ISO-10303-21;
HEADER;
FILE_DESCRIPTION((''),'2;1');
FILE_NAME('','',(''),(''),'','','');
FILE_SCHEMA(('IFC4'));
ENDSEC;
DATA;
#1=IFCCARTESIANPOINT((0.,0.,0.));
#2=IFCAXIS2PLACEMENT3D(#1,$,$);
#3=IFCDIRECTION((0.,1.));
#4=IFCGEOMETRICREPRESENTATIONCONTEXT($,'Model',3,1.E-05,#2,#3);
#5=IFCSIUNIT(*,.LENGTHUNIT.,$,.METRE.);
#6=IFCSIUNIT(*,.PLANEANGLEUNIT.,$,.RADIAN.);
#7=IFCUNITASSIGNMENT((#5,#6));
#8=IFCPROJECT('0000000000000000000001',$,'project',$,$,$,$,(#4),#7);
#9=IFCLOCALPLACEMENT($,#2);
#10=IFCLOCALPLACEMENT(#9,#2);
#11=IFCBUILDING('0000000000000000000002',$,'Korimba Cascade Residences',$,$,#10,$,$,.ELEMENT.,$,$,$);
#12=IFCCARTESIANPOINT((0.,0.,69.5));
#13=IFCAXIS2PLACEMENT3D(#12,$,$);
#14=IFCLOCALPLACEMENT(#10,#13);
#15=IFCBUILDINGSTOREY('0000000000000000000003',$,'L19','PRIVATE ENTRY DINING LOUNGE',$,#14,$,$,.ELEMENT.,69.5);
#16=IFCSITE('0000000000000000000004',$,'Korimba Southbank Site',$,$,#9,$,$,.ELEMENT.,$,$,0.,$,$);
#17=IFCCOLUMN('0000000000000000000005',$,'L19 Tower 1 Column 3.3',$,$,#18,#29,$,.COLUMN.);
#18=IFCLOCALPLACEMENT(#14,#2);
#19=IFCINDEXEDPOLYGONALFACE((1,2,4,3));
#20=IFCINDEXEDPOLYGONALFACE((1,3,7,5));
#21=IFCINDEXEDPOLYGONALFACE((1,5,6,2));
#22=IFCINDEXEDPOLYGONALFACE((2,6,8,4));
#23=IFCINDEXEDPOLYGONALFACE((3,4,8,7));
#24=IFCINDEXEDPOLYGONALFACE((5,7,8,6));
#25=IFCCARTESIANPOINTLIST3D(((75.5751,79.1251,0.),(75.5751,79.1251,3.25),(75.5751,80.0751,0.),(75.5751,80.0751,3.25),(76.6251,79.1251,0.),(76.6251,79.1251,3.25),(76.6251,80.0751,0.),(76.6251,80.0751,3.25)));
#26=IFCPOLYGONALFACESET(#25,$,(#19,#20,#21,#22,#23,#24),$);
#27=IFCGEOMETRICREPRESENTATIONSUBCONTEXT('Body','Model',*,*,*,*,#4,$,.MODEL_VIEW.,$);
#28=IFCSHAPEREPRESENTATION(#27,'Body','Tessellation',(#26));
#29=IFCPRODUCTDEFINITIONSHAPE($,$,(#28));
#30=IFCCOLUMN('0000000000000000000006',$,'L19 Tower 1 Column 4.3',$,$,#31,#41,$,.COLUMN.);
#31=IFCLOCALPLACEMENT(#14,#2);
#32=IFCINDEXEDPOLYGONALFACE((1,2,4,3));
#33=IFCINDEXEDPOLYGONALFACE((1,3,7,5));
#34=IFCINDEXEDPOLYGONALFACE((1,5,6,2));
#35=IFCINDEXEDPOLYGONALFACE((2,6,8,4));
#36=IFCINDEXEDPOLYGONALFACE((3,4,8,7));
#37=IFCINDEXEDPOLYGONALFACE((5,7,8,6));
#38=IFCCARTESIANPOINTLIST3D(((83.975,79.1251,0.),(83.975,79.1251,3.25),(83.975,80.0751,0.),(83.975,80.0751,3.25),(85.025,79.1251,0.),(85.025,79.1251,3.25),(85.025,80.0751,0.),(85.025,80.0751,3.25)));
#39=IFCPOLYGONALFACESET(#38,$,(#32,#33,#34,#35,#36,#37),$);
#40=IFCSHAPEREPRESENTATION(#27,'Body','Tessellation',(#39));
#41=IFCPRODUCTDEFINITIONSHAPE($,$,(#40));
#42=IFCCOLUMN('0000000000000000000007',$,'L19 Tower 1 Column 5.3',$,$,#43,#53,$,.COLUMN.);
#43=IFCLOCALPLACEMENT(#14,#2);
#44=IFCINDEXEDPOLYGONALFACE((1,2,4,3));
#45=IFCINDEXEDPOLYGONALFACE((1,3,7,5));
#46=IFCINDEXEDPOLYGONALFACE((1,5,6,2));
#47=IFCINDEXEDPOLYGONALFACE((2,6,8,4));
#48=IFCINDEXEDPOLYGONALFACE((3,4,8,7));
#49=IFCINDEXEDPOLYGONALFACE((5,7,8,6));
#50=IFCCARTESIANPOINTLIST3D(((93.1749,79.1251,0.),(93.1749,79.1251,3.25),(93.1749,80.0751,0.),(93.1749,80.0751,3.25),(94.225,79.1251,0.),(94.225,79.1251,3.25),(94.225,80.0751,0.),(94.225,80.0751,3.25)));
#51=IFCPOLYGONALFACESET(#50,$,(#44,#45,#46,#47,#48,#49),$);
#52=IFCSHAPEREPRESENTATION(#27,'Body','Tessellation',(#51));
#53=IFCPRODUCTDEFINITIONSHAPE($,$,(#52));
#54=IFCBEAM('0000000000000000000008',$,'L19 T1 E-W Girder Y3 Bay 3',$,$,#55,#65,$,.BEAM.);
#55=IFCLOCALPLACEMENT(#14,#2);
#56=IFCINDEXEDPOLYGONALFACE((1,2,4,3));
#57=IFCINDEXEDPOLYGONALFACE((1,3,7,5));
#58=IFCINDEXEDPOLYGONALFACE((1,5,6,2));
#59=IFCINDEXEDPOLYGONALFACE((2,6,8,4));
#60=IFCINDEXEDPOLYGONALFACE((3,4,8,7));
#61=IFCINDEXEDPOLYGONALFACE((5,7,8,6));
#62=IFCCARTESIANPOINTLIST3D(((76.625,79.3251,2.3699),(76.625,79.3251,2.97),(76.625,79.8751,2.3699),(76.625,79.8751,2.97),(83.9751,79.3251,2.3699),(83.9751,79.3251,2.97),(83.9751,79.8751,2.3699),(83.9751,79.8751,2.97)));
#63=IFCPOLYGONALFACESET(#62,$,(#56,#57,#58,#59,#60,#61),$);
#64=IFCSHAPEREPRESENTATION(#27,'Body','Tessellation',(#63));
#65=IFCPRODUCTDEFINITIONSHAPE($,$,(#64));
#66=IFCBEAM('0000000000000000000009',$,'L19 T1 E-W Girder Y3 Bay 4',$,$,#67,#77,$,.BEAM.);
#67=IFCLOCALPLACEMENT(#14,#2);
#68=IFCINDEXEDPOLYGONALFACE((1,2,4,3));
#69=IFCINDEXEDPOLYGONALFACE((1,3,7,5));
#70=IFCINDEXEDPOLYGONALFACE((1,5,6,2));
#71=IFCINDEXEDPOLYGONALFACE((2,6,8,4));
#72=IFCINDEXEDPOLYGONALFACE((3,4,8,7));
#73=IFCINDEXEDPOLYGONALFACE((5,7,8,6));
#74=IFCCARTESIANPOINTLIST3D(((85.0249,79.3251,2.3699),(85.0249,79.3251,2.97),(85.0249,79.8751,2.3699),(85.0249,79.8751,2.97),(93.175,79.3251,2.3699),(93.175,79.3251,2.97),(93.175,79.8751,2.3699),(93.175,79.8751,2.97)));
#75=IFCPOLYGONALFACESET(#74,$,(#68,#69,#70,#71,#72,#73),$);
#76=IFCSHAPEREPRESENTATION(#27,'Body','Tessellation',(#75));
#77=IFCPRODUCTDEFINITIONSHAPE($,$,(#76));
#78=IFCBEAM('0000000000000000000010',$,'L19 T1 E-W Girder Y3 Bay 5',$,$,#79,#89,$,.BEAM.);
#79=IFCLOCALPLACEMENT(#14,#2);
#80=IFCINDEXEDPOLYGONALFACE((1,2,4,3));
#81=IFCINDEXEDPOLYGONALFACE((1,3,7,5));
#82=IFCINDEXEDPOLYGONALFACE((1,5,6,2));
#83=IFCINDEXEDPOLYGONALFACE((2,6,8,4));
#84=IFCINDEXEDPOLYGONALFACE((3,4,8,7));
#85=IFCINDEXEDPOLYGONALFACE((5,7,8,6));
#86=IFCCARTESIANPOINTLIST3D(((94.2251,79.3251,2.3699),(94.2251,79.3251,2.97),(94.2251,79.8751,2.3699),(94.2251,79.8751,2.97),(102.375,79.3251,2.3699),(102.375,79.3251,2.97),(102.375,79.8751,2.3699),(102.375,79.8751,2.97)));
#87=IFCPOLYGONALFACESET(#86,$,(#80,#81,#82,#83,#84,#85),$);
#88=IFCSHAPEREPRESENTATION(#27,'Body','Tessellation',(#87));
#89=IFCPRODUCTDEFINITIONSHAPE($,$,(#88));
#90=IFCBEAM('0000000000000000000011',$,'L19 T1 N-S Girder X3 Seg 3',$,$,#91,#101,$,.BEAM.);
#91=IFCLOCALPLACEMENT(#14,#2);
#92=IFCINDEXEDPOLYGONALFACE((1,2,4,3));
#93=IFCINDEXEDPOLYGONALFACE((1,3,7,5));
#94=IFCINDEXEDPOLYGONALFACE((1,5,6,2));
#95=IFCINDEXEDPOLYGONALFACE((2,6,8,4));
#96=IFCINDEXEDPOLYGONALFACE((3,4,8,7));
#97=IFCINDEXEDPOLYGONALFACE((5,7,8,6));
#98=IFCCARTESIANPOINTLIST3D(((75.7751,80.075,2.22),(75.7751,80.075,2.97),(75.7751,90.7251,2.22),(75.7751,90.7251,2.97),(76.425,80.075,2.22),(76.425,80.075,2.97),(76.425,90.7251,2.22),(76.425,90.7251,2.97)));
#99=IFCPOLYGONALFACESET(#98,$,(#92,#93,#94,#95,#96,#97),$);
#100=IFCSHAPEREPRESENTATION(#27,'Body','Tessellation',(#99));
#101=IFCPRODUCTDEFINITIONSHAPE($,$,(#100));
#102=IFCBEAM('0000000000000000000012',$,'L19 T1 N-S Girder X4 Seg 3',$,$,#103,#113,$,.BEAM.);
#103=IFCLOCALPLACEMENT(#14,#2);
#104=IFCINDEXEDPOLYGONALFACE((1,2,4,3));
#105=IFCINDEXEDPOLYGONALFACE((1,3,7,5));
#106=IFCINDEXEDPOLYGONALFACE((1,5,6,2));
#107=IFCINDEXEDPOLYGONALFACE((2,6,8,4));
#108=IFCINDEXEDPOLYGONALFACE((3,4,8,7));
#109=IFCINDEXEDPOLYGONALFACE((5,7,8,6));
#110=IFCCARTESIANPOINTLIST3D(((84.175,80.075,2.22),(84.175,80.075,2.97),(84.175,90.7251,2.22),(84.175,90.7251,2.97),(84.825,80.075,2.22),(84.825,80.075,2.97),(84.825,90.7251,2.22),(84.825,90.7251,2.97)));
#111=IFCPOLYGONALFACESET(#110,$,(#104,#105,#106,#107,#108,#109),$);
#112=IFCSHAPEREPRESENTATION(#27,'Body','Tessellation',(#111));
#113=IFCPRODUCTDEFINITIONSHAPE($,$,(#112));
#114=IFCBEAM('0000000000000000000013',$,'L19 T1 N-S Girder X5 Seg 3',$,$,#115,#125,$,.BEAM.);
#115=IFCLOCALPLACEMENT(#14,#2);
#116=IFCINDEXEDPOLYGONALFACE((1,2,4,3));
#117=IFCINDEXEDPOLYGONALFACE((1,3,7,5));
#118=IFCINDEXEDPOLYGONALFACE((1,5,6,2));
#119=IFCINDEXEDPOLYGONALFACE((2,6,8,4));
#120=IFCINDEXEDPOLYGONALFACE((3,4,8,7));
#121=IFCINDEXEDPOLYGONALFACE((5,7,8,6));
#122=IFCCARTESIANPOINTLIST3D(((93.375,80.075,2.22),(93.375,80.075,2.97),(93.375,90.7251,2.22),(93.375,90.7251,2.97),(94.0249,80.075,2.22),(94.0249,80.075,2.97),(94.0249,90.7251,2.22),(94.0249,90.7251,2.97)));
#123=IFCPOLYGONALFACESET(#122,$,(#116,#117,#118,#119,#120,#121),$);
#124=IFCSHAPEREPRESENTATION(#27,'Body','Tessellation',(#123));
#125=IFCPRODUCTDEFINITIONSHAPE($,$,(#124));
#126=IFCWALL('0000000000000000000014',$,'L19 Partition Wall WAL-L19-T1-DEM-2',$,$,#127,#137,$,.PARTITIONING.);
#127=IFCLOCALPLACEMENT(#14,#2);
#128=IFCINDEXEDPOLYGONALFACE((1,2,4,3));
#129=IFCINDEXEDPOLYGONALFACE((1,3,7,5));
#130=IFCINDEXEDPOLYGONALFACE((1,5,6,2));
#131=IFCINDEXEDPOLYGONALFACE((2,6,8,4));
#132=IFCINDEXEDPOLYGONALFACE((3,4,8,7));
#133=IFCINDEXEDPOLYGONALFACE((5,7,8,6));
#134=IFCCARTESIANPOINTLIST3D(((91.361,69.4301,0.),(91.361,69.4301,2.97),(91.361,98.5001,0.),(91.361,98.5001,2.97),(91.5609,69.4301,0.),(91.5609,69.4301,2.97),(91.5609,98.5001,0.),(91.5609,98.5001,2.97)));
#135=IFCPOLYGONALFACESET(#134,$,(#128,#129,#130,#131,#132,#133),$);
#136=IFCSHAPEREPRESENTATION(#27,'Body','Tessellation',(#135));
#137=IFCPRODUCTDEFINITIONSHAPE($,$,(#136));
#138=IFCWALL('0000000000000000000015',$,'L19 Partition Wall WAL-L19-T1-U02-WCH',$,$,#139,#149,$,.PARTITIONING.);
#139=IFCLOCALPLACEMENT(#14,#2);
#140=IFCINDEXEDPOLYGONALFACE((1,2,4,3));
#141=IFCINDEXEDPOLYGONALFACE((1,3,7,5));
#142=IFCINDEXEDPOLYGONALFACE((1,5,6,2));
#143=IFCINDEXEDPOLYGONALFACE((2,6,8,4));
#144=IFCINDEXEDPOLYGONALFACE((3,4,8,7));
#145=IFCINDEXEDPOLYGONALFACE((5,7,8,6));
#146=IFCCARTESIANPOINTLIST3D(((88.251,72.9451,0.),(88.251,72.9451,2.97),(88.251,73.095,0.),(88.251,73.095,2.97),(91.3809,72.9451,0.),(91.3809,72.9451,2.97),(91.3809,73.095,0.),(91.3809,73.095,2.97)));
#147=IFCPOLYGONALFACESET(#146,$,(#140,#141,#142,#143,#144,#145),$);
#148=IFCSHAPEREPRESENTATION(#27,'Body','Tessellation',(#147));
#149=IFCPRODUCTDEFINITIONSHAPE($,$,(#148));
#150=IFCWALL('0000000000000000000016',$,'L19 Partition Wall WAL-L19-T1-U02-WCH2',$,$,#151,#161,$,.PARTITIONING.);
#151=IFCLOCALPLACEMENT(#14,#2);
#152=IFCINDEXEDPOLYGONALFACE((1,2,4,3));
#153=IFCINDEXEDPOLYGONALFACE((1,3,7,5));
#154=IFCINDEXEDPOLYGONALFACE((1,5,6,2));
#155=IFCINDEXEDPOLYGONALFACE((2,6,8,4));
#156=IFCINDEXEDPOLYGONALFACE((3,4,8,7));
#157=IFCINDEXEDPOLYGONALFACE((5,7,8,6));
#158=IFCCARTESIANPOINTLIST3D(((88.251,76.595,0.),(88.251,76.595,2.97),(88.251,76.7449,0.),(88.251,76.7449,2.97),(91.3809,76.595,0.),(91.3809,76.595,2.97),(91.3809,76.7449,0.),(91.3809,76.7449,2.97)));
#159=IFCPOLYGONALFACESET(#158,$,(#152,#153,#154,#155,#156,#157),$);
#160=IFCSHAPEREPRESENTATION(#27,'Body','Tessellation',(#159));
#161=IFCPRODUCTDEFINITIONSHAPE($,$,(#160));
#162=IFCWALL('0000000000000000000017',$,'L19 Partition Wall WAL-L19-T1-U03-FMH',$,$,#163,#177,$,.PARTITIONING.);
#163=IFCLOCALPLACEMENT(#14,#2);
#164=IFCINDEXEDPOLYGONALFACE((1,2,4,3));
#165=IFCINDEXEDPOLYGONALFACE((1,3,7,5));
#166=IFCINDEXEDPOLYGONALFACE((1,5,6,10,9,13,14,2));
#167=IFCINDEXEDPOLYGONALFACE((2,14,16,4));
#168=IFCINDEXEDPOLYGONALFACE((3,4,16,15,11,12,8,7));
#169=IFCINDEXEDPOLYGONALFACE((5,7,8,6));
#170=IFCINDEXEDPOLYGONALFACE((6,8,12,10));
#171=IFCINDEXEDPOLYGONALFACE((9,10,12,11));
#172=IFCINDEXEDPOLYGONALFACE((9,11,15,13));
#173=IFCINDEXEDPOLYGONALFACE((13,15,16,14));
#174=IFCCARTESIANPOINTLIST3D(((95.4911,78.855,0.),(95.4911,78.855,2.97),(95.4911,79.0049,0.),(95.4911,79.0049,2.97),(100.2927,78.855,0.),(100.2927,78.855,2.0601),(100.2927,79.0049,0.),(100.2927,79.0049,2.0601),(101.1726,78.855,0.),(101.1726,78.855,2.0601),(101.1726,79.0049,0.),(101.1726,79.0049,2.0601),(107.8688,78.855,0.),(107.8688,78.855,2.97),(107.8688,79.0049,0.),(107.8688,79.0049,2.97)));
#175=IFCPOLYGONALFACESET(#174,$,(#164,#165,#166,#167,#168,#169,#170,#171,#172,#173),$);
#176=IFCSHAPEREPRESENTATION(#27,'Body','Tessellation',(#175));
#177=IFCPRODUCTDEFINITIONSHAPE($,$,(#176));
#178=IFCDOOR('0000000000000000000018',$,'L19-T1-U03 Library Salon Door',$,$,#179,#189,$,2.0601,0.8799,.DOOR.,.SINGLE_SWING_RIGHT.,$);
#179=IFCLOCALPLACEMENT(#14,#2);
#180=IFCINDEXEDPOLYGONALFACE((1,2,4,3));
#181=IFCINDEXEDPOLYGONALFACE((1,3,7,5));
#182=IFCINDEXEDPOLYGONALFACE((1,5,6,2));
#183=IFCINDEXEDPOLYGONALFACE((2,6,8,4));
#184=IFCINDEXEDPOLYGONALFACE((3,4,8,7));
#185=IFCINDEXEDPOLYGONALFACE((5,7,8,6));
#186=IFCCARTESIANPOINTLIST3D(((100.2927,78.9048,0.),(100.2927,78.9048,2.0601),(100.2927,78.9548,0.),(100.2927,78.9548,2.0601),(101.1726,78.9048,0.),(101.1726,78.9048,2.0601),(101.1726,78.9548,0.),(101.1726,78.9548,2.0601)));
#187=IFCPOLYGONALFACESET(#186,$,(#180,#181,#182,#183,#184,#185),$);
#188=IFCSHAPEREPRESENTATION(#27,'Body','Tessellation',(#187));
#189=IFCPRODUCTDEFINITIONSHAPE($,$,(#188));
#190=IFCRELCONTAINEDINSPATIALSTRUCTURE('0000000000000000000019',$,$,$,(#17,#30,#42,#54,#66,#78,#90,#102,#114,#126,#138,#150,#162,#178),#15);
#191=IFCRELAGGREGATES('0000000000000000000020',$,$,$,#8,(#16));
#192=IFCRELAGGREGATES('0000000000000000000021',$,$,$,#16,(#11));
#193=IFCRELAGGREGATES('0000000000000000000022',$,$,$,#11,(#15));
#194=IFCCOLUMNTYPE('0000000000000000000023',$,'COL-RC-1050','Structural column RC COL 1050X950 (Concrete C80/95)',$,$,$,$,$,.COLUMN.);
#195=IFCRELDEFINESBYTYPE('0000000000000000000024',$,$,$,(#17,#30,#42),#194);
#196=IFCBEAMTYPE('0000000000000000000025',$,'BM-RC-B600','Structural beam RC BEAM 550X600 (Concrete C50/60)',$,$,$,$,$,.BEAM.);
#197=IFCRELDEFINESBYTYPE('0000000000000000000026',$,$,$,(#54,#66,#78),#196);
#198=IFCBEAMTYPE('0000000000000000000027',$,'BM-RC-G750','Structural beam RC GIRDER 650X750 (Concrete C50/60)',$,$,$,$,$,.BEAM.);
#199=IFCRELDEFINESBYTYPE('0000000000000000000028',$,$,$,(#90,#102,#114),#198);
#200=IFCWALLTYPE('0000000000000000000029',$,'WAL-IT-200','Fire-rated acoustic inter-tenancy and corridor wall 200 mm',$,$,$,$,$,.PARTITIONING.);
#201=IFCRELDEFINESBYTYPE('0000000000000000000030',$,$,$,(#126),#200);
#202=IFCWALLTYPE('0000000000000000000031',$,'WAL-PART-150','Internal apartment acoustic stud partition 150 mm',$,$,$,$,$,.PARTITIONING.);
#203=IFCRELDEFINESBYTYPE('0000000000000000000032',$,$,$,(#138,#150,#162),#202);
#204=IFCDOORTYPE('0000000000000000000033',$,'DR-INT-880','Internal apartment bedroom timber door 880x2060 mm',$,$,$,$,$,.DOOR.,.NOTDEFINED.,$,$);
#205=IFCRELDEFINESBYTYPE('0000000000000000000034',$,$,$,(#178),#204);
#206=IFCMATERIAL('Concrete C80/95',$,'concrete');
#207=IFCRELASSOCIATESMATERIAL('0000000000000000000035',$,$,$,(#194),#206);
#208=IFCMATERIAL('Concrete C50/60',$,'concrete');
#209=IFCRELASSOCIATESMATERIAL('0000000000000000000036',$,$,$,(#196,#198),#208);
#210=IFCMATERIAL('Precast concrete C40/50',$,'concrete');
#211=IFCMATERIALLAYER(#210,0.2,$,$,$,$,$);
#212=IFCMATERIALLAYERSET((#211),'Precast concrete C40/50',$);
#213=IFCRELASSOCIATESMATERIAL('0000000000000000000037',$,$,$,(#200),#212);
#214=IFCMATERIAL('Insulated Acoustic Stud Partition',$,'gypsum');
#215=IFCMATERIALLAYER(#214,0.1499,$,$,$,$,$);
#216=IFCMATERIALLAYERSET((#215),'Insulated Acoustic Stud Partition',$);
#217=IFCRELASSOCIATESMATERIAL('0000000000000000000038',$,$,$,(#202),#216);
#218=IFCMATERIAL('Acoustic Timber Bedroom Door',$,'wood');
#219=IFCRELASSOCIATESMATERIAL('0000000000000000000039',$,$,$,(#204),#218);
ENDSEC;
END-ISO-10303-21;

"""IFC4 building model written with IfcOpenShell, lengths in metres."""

from ifc_helpers import new_model, si_unit, direction, frame, frame_2d, origin, origin_2d, place, context, subcontext, project, spatial, rectangle, extrude, material, layer, layer_set, material_profile, profile_set, type_object, element, fill, save


model = new_model("IFC4")

# Units and contexts
model_context = context("Model", 3, precision=1e-05, world=origin(), true_north=direction((0.0, 1.0)))
body_context = subcontext(model_context, "Body", "Model", "MODEL_VIEW")
ifc_project = project(units=[si_unit("LENGTHUNIT", "METRE"), si_unit("PLANEANGLEUNIT", "RADIAN")], contexts=[model_context])

# Site, building, storey
site_placement = place(None, origin())
site = spatial("IfcSite", under=ifc_project, at=site_placement, Name="Korimba Southbank Site", CompositionType="ELEMENT", RefElevation=0.0)
building_placement = place(site_placement, origin())
building = spatial("IfcBuilding", under=site, at=building_placement, Name="Korimba Cascade Residences", CompositionType="ELEMENT")
storey_placement = place(building_placement, frame((0.0, 0.0, 69.5)))
storey = spatial("IfcBuildingStorey", under=building, at=storey_placement, Name="L19", Description="PRIVATE ENTRY DINING LOUNGE", CompositionType="ELEMENT", Elevation=69.5)

# Columns
ifc_material_1 = material(Name="Concrete C80/95", Category="concrete")
ifc_material_profile_1 = material_profile(ifc_material_1, rectangle(XDim=1.05, YDim=0.95, at=origin_2d()), Name="Concrete C80/95")
ifc_profile_set_1 = profile_set([ifc_material_profile_1], Name="Concrete C80/95")
column_type = type_object("IfcColumnType", Name="COL-RC-1050", Description="Structural column RC COL 1050X950 (Concrete C80/95)", PredefinedType="COLUMN", material=ifc_profile_set_1)
for number, where, z_axis, x_axis, name in (
    (1, (76.1001, 79.6001, 0.0), (0.0, 0.0, 1.0), (1.0, 0.0, 0.0), "L19 Tower 1 Column 3.3"),
    (2, (84.5, 79.6001, 0.0), (0.0, 0.0, 1.0), (1.0, 0.0, 0.0), "L19 Tower 1 Column 4.3"),
    (3, (93.7, 79.6001, 0.0), (0.0, 0.0, 1.0), (1.0, 0.0, 0.0), "L19 Tower 1 Column 5.3"),
):
    element("IfcColumn", number, at=place(storey_placement, frame(where, z_axis=z_axis, x_axis=x_axis)), inside=storey, type_object=column_type, Name=name, PredefinedType="COLUMN", context=body_context, shape_type="SweptSolid", body=[
        extrude(rectangle(XDim=1.05, YDim=0.95, at=origin_2d()), origin(), (0.0, 0.0, 1.0), 3.25),
    ])

# Beams
ifc_material_2 = material(Name="Concrete C50/60", Category="concrete")
ifc_material_profile_2 = material_profile(ifc_material_2, rectangle(XDim=0.55, YDim=0.6001, at=origin_2d()), Name="Concrete C50/60")
ifc_profile_set_2 = profile_set([ifc_material_profile_2], Name="Concrete C50/60")
beam_type_1 = type_object("IfcBeamType", Name="BM-RC-B600", Description="Structural beam RC BEAM 550X600 (Concrete C50/60)", PredefinedType="BEAM", material=ifc_profile_set_2)
beam_1_placement = place(storey_placement, frame((76.625, 79.6001, 2.6699), z_axis=(1.0, 0.0, 0.0), x_axis=(0.0, 1.0, 0.0)))
element("IfcBeam", 4, at=beam_1_placement, inside=storey, type_object=beam_type_1, Name="L19 T1 E-W Girder Y3 Bay 3", PredefinedType="BEAM", context=body_context, shape_type="SweptSolid", body=[
    extrude(rectangle(XDim=0.55, YDim=0.6001, at=origin_2d()), origin(), (0.0, 0.0, 1.0), 7.3501),
])
beam_2_placement = place(storey_placement, frame((85.0249, 79.6001, 2.6699), z_axis=(1.0, 0.0, 0.0), x_axis=(0.0, 1.0, 0.0)))
element("IfcBeam", 5, at=beam_2_placement, inside=storey, type_object=beam_type_1, Name="L19 T1 E-W Girder Y3 Bay 4", PredefinedType="BEAM", context=body_context, shape_type="SweptSolid", body=[
    extrude(rectangle(XDim=0.55, YDim=0.6001, at=origin_2d()), origin(), (0.0, 0.0, 1.0), 8.1501),
])
beam_3_placement = place(storey_placement, frame((94.2251, 79.6001, 2.6699), z_axis=(1.0, 0.0, 0.0), x_axis=(0.0, 1.0, 0.0)))
element("IfcBeam", 6, at=beam_3_placement, inside=storey, type_object=beam_type_1, Name="L19 T1 E-W Girder Y3 Bay 5", PredefinedType="BEAM", context=body_context, shape_type="SweptSolid", body=[
    extrude(rectangle(XDim=0.55, YDim=0.6001, at=origin_2d()), origin(), (0.0, 0.0, 1.0), 8.1499),
])
ifc_material_profile_3 = material_profile(ifc_material_2, rectangle(XDim=0.6499, YDim=0.75, at=origin_2d()), Name="Concrete C50/60")
ifc_profile_set_3 = profile_set([ifc_material_profile_3], Name="Concrete C50/60")
beam_type_2 = type_object("IfcBeamType", Name="BM-RC-G750", Description="Structural beam RC GIRDER 650X750 (Concrete C50/60)", PredefinedType="BEAM", material=ifc_profile_set_3)
for number, where, z_axis, x_axis, name in (
    (7, (76.1001, 80.075, 2.595), (0.0, 1.0, 0.0), (-1.0, 0.0, 0.0), "L19 T1 N-S Girder X3 Seg 3"),
    (8, (84.5, 80.075, 2.595), (0.0, 1.0, 0.0), (-1.0, 0.0, 0.0), "L19 T1 N-S Girder X4 Seg 3"),
    (9, (93.7, 80.075, 2.595), (0.0, 1.0, 0.0), (-1.0, 0.0, 0.0), "L19 T1 N-S Girder X5 Seg 3"),
):
    element("IfcBeam", number, at=place(storey_placement, frame(where, z_axis=z_axis, x_axis=x_axis)), inside=storey, type_object=beam_type_2, Name=name, PredefinedType="BEAM", context=body_context, shape_type="SweptSolid", body=[
        extrude(rectangle(XDim=0.6499, YDim=0.75, at=origin_2d()), origin(), (0.0, 0.0, 1.0), 10.6501),
    ])

# Walls
ifc_material_3 = material(Name="Precast concrete C40/50", Category="concrete")
ifc_layer_1 = layer(ifc_material_3, 0.2)
ifc_layer_set_1 = layer_set([ifc_layer_1], Name="Precast concrete C40/50")
wall_type_1 = type_object("IfcWallType", Name="WAL-IT-200", Description="Fire-rated acoustic inter-tenancy and corridor wall 200 mm", PredefinedType="PARTITIONING", material=ifc_layer_set_1)
wall_1_placement = place(storey_placement, frame((91.4609, 69.4299, 0.0), z_axis=(0.0, 0.0, 1.0), x_axis=(0.0, 1.0, 0.0)))
element("IfcWall", 10, at=wall_1_placement, inside=storey, type_object=wall_type_1, Name="L19 Partition Wall WAL-L19-T1-DEM-2", PredefinedType="PARTITIONING", context=body_context, shape_type="SweptSolid", body=[
    extrude(rectangle(XDim=29.0701, YDim=0.2, at=frame_2d((14.5352, 0.0))), origin(), (0.0, 0.0, 1.0), 2.97),
])
ifc_material_4 = material(Name="Insulated Acoustic Stud Partition", Category="gypsum")
ifc_layer_2 = layer(ifc_material_4, 0.1499)
ifc_layer_set_2 = layer_set([ifc_layer_2], Name="Insulated Acoustic Stud Partition")
wall_type_2 = type_object("IfcWallType", Name="WAL-PART-150", Description="Internal apartment acoustic stud partition 150 mm", PredefinedType="PARTITIONING", material=ifc_layer_set_2)
for number, where, z_axis, x_axis, name in (
    (11, (88.251, 73.02, 0.0), (0.0, 0.0, 1.0), (1.0, 0.0, 0.0), "L19 Partition Wall WAL-L19-T1-U02-WCH"),
    (12, (88.251, 76.6699, 0.0), (0.0, 0.0, 1.0), (1.0, 0.0, 0.0), "L19 Partition Wall WAL-L19-T1-U02-WCH2"),
):
    element("IfcWall", number, at=place(storey_placement, frame(where, z_axis=z_axis, x_axis=x_axis)), inside=storey, type_object=wall_type_2, Name=name, PredefinedType="PARTITIONING", context=body_context, shape_type="SweptSolid", body=[
        extrude(rectangle(XDim=3.1299, YDim=0.1499, at=frame_2d((1.5649, 0.0))), origin(), (0.0, 0.0, 1.0), 2.97),
    ])

# Wall, opening, door
wall_2_placement = place(storey_placement, frame((95.491, 78.9299, 0.0), z_axis=(0.0, 0.0, 1.0), x_axis=(1.0, 0.0, 0.0)))
wall_2 = element("IfcWall", 13, at=wall_2_placement, inside=storey, type_object=wall_type_2, Name="L19 Partition Wall WAL-L19-T1-U03-FMH", PredefinedType="PARTITIONING", context=body_context, shape_type="SweptSolid", body=[
    extrude(rectangle(XDim=12.3777, YDim=0.1499, at=frame_2d((6.189, 0.0))), origin(), (0.0, 0.0, 1.0), 2.97),
])
opening_1_placement = place(wall_2_placement, frame((4.8018, 0.0, 0.0)))
opening_1 = element("IfcOpeningElement", 14, at=opening_1_placement, cuts=wall_2, PredefinedType="OPENING", context=body_context, shape_type="SweptSolid", body=[
    extrude(rectangle(XDim=0.8799, YDim=2.0601, at=frame_2d((0.4399, 1.03))), frame((0.0, 0.085, 0.0), z_axis=(0.0, -1.0, 0.0), x_axis=(1.0, 0.0, 0.0)), (0.0, 0.0, 1.0), 0.1699),
])
ifc_material_5 = material(Name="Acoustic Timber Bedroom Door", Category="wood")
door_type_1 = type_object("IfcDoorType", Name="DR-INT-880", Description="Internal apartment bedroom timber door 880x2060 mm", OperationType="NOTDEFINED", PredefinedType="DOOR", material=ifc_material_5)
door_1_placement = place(opening_1_placement, origin())
door_1 = element("IfcDoor", 15, at=door_1_placement, inside=storey, type_object=door_type_1, Name="L19-T1-U03 Library Salon Door", OperationType="SINGLE_SWING_RIGHT", OverallHeight=2.0601, OverallWidth=0.8799, PredefinedType="DOOR", context=body_context, shape_type="SweptSolid", body=[
    extrude(rectangle(XDim=0.8799, YDim=2.0601, at=frame_2d((0.4399, 1.03))), frame((0.0, 0.0249, 0.0), z_axis=(0.0, -1.0, 0.0), x_axis=(1.0, 0.0, 0.0)), (0.0, 0.0, 1.0), 0.05),
])
fill(opening_1, door_1)

save(model, "model.ifc")
